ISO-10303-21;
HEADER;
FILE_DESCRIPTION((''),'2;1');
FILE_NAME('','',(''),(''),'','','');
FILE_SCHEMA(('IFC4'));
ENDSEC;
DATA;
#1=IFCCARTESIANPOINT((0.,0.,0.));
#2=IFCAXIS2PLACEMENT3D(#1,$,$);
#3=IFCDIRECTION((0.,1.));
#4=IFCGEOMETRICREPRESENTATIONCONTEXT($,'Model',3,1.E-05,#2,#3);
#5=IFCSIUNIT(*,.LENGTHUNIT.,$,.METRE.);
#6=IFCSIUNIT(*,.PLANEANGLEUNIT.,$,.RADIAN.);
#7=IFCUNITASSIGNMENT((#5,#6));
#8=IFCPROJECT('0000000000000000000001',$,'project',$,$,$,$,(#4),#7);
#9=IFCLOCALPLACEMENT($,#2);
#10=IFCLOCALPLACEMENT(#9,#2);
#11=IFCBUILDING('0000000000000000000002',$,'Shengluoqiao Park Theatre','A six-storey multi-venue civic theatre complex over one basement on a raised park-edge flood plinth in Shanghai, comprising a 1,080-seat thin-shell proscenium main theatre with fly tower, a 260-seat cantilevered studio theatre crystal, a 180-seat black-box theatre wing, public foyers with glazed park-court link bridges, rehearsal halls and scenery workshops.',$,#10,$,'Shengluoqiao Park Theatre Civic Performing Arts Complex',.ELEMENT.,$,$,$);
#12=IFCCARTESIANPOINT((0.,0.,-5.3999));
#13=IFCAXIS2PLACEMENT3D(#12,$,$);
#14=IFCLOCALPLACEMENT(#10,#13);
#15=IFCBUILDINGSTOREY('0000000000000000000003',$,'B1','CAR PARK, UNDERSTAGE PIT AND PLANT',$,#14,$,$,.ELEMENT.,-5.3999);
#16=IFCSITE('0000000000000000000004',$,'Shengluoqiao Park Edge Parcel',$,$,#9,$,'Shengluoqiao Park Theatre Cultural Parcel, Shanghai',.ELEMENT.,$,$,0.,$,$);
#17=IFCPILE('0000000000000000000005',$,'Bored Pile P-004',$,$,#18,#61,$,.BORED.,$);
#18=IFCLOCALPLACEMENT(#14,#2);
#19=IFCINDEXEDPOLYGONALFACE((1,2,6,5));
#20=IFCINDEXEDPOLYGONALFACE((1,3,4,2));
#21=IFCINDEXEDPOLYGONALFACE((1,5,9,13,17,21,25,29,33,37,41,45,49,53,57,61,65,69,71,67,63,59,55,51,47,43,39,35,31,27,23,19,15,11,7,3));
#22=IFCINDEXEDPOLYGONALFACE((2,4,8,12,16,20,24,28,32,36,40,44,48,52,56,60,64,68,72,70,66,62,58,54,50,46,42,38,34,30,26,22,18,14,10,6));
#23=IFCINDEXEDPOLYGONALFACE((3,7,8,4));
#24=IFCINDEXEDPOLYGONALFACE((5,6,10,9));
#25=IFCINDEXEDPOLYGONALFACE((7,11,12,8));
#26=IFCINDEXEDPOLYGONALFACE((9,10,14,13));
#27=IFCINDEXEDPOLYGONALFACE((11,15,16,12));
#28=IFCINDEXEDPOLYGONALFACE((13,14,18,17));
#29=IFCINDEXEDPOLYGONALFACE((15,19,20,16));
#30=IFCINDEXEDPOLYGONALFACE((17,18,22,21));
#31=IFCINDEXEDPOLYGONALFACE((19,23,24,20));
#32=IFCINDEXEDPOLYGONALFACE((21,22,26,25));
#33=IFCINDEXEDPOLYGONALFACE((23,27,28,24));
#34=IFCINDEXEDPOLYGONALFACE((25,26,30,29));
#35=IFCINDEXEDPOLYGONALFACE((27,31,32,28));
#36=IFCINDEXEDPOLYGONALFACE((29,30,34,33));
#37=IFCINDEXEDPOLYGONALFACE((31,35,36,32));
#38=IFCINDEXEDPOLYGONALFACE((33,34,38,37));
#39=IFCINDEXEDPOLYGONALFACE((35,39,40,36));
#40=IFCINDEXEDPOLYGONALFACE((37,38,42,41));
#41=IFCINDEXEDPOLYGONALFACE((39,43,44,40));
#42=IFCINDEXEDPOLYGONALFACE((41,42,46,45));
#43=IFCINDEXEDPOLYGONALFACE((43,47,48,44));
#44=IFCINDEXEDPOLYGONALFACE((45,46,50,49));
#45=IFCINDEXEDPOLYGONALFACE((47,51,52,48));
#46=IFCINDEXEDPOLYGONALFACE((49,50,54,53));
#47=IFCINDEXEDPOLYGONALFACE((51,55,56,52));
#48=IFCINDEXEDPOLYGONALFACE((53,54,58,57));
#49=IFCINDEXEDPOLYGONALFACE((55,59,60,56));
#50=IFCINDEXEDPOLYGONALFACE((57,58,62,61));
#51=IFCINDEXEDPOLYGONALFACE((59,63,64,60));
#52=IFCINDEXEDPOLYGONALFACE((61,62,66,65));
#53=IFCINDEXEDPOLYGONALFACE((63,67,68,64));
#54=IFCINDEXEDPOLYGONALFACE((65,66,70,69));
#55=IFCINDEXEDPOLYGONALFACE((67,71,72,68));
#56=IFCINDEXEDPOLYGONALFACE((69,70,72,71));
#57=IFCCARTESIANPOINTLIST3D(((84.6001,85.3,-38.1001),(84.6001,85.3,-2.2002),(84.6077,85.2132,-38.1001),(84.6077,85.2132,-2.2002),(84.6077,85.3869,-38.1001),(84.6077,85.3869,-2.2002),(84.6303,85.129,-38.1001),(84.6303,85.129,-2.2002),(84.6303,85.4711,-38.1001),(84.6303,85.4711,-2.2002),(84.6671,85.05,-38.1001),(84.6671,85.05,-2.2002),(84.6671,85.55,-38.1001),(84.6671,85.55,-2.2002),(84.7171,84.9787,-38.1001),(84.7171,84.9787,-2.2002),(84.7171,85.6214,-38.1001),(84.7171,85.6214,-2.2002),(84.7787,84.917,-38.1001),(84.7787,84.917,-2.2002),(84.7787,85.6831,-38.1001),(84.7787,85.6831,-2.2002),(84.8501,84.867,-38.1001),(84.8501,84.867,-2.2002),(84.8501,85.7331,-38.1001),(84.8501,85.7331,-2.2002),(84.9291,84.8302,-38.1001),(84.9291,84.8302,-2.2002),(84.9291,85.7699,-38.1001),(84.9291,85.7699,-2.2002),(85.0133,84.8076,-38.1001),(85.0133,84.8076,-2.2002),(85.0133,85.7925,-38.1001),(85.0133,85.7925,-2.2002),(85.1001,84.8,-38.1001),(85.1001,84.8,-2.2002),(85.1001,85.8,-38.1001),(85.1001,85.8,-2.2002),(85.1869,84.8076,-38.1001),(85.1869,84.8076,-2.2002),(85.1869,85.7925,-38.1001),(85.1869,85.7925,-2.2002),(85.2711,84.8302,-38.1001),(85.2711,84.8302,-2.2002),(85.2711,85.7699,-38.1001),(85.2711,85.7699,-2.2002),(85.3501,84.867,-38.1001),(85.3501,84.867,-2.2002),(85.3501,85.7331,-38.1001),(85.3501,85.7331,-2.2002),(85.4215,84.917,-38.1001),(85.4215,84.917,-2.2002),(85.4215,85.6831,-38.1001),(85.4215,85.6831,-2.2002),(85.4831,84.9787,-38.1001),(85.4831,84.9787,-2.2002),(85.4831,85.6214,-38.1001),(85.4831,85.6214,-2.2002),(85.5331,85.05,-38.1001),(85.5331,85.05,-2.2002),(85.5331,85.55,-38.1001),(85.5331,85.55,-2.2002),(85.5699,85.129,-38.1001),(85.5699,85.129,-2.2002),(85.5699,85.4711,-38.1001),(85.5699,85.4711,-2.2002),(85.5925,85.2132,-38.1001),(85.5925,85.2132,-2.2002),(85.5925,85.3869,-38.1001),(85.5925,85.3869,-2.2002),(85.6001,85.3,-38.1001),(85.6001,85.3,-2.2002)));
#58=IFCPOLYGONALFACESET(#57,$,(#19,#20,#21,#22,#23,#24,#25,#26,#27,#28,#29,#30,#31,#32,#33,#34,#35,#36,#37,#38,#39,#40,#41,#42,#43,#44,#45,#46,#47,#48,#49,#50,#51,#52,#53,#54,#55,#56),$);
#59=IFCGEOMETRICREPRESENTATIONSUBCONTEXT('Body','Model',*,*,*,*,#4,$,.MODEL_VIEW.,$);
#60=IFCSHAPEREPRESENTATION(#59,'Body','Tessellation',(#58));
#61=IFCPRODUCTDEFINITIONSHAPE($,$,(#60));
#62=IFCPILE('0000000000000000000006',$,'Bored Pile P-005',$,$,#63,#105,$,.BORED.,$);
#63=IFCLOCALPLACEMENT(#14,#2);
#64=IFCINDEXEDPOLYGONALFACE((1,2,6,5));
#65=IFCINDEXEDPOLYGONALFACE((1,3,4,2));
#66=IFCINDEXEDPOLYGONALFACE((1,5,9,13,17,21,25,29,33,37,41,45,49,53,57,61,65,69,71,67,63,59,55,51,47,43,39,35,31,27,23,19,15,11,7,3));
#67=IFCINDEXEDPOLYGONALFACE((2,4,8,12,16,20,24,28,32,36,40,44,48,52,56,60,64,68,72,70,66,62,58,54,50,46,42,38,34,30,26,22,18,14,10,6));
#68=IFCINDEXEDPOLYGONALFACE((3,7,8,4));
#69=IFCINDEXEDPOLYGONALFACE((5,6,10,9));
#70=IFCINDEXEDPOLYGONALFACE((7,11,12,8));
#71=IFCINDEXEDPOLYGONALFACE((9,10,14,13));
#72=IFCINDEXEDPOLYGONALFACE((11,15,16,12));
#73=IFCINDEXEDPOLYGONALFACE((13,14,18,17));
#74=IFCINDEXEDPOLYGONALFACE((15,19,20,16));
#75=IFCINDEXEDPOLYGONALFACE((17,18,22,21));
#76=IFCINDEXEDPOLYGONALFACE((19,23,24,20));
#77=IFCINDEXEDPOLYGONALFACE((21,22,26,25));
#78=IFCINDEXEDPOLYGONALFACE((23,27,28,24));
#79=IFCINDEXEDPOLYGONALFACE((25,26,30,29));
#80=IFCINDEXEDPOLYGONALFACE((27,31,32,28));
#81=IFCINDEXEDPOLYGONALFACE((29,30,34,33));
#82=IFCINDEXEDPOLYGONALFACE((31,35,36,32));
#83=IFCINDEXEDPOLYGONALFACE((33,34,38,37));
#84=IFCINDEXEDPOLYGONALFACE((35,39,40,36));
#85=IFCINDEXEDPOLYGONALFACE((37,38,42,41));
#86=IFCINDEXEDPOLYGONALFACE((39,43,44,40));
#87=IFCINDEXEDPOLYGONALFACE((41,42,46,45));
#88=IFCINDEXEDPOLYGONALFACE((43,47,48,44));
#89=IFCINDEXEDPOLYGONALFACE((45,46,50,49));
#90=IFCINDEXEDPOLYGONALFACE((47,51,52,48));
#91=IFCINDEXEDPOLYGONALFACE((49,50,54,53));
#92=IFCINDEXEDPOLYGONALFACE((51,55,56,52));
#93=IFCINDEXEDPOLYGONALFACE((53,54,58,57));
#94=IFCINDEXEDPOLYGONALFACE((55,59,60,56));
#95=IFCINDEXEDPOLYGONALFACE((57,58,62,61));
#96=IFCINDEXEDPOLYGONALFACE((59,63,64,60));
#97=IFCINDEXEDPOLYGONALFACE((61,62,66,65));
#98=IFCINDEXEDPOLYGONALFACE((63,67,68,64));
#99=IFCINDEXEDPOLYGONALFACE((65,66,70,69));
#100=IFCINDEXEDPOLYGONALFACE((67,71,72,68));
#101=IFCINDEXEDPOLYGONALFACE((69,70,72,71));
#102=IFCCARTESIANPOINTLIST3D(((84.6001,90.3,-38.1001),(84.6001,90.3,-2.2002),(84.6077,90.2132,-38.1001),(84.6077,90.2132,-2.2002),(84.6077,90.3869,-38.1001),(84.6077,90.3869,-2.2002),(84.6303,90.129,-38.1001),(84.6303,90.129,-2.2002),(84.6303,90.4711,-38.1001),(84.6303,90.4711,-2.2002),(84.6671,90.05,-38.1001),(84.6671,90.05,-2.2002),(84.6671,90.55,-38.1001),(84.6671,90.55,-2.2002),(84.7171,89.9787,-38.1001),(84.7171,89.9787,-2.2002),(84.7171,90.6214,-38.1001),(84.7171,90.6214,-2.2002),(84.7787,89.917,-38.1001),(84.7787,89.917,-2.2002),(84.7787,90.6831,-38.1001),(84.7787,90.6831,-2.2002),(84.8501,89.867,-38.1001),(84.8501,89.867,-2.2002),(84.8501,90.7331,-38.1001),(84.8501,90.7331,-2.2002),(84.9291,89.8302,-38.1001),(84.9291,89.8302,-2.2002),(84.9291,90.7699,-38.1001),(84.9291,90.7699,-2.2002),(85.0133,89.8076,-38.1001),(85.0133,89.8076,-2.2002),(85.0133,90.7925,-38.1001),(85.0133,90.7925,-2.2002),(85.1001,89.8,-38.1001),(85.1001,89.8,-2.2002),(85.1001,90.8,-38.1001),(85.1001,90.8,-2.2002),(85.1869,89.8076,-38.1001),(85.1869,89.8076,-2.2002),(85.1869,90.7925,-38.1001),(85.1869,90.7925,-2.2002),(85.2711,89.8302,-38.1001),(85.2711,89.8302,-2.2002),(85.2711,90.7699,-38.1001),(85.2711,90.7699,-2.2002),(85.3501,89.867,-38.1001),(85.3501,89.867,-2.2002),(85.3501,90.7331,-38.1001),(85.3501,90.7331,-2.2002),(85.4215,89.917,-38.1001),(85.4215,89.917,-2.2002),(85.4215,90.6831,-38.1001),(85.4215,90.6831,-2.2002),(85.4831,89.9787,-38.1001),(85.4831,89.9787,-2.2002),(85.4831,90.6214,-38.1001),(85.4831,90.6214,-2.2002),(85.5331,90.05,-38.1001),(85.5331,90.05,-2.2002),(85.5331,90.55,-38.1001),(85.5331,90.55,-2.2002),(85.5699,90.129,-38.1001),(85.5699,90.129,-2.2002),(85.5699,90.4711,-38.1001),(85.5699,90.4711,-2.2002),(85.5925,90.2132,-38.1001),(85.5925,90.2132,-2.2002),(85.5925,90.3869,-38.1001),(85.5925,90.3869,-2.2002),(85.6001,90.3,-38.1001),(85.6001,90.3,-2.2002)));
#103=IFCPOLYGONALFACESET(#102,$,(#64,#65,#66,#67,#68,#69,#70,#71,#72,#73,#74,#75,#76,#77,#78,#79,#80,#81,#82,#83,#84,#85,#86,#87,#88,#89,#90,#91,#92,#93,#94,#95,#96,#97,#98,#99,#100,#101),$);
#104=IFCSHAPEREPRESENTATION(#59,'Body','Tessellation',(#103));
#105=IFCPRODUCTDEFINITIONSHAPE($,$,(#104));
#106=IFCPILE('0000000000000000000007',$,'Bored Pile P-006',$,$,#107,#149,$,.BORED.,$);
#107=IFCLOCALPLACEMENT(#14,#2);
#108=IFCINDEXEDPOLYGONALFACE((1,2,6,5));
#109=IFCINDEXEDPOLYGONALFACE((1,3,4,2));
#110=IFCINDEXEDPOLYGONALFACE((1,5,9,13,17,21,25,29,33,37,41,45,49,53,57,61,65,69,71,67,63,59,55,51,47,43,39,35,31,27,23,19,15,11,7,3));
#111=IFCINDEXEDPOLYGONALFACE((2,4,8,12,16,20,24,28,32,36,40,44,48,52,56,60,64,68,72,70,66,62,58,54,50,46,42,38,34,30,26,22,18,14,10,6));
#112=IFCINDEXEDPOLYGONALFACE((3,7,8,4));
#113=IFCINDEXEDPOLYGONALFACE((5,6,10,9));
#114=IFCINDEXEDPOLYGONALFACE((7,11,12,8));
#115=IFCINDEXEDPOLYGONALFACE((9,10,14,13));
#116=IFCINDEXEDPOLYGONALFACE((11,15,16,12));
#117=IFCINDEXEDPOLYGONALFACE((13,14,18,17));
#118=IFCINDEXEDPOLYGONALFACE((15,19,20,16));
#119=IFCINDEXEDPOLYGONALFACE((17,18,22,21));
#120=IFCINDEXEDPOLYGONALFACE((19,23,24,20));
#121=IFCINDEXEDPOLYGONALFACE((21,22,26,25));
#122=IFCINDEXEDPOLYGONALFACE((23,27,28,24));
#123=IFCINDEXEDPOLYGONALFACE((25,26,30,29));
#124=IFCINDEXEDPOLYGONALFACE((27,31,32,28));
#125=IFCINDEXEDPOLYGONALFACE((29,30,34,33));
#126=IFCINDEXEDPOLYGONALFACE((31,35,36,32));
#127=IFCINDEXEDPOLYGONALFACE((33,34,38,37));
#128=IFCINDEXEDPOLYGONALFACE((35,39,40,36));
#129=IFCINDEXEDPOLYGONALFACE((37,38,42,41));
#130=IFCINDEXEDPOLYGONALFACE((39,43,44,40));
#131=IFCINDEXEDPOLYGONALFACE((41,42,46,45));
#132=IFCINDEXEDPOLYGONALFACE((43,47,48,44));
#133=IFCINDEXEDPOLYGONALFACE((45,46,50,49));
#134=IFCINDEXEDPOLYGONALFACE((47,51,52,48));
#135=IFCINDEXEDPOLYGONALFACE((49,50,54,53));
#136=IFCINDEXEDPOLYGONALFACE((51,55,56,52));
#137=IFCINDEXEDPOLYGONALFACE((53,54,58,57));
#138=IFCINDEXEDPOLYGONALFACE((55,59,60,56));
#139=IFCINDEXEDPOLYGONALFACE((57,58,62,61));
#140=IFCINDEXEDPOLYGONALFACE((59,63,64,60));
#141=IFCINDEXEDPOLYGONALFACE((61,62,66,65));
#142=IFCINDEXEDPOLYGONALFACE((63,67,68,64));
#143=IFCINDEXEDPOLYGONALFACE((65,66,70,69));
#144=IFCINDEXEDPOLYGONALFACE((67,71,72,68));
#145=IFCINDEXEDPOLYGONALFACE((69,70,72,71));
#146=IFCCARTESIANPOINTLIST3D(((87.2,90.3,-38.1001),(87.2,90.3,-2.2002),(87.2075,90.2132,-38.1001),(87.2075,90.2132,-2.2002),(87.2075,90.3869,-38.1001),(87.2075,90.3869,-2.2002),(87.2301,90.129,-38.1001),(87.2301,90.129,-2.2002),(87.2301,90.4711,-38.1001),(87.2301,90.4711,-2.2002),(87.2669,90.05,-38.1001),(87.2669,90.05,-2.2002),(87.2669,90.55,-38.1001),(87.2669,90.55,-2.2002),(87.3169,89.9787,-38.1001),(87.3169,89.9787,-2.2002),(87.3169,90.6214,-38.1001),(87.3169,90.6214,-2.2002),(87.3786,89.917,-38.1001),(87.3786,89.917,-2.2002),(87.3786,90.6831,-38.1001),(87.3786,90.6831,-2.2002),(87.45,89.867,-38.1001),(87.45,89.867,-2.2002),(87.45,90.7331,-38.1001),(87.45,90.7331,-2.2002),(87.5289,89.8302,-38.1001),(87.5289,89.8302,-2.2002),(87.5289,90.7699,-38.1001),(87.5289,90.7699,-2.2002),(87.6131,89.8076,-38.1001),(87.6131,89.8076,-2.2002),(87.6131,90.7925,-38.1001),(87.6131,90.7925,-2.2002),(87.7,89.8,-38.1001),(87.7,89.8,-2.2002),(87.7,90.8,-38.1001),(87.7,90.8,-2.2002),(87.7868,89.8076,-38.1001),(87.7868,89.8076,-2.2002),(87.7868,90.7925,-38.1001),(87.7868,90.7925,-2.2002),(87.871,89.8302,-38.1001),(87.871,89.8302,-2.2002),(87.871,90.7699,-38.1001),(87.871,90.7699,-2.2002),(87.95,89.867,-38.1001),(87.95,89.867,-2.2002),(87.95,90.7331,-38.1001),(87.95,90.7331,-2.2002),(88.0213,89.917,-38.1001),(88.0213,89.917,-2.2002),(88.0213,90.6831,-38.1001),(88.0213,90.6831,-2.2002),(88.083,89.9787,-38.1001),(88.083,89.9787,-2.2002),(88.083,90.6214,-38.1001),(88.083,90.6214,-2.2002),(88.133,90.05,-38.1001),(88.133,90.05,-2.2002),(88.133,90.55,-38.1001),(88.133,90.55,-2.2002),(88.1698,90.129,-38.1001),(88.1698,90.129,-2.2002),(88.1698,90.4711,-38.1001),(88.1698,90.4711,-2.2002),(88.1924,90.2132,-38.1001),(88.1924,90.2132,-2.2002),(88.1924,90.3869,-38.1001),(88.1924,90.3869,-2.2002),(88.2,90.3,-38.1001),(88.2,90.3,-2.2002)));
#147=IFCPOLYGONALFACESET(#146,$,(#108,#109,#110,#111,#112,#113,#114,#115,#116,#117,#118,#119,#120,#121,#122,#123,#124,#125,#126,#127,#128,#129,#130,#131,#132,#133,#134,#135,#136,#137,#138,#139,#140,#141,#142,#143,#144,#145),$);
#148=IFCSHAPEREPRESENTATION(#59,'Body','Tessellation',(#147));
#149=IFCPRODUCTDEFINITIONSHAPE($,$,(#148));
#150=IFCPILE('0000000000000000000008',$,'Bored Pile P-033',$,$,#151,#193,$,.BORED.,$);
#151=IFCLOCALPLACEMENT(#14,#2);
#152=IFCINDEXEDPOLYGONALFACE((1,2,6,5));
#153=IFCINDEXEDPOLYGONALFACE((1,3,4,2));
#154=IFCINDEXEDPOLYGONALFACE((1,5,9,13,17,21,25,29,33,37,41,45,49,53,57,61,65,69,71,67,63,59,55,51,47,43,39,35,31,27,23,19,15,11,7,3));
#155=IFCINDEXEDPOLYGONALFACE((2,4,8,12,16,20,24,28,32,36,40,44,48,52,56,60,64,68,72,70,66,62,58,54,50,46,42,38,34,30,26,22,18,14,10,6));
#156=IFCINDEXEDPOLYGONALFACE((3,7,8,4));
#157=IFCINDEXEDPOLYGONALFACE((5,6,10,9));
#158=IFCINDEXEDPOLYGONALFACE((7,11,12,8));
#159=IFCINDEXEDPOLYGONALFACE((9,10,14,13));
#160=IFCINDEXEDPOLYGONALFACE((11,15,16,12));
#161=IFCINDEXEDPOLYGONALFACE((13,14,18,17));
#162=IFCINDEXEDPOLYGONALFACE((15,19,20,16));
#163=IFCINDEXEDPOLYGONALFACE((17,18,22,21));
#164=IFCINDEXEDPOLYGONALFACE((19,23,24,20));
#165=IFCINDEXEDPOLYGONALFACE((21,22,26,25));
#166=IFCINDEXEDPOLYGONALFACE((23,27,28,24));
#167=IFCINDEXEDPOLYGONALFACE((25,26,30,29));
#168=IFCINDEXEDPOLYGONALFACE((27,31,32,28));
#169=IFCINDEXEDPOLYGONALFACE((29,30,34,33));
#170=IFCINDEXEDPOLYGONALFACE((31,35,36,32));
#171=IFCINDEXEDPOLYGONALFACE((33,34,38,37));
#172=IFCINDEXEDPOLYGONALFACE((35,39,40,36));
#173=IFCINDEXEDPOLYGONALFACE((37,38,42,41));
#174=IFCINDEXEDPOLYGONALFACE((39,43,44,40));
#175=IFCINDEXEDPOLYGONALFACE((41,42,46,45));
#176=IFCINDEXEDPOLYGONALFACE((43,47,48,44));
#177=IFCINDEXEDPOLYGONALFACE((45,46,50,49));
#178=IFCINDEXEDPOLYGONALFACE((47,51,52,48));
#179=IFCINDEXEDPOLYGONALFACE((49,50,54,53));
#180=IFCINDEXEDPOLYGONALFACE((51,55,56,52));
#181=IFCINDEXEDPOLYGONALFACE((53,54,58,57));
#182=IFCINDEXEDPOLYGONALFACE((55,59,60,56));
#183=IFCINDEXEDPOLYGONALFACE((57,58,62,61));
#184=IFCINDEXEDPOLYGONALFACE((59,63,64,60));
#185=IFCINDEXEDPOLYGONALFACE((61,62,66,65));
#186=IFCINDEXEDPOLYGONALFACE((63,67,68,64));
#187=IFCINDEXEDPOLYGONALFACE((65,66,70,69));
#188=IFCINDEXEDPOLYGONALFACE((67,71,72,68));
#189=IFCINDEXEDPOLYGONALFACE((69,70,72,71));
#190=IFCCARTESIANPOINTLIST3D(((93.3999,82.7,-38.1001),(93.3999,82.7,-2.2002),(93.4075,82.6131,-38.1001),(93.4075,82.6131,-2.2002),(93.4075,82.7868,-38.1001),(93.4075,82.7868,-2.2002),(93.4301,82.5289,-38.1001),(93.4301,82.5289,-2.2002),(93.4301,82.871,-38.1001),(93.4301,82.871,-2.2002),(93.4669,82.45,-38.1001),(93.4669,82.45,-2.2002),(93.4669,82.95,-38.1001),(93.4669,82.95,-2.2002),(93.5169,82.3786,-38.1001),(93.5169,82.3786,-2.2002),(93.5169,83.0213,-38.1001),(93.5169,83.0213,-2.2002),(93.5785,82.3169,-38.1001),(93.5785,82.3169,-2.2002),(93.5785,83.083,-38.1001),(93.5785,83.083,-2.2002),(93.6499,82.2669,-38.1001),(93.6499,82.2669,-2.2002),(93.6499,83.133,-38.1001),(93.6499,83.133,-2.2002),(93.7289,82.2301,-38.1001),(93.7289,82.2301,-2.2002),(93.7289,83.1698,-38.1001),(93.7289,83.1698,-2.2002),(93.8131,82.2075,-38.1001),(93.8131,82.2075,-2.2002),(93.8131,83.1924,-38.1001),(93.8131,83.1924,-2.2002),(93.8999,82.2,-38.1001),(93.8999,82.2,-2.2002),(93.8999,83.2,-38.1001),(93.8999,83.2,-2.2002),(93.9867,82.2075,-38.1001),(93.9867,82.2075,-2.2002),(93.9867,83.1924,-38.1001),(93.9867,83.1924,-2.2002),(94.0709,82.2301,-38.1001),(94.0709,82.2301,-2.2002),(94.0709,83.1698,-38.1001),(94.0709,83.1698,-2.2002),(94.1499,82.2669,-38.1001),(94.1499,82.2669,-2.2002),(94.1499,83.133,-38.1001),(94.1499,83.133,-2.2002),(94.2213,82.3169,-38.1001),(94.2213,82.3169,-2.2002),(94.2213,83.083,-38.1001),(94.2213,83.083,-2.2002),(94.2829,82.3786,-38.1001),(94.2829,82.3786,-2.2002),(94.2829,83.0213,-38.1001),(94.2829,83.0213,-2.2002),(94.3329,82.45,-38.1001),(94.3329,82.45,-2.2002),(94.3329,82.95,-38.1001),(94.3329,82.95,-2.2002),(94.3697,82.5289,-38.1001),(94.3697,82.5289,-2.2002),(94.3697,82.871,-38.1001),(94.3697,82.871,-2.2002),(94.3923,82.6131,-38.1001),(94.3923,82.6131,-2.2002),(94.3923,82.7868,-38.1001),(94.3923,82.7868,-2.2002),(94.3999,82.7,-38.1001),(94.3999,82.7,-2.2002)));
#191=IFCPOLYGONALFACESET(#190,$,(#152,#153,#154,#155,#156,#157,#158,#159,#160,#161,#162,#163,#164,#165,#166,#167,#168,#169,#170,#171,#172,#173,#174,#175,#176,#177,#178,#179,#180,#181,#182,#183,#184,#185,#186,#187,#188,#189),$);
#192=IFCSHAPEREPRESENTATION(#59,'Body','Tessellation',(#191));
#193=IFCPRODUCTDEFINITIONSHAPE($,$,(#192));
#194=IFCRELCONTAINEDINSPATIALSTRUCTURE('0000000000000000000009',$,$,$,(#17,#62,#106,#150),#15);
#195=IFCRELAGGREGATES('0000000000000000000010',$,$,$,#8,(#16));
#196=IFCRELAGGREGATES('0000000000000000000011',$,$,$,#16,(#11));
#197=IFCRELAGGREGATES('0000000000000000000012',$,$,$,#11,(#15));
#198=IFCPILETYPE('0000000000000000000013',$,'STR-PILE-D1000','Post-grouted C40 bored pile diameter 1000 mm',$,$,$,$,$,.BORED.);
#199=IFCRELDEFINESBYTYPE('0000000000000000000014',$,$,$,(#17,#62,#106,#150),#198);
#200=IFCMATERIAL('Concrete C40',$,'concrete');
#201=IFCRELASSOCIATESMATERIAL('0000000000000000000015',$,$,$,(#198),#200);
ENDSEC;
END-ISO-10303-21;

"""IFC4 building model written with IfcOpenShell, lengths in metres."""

from ifc_helpers import new_model, si_unit, direction, frame, origin, origin_2d, place, context, subcontext, project, spatial, circle, extrude, material, material_profile, profile_set, type_object, element, save


model = new_model("IFC4")

# Units and contexts
model_context = context("Model", 3, precision=1e-05, world=origin(), true_north=direction((0.0, 1.0)))
body_context = subcontext(model_context, "Body", "Model", "MODEL_VIEW")
ifc_project = project(units=[si_unit("LENGTHUNIT", "METRE"), si_unit("PLANEANGLEUNIT", "RADIAN")], contexts=[model_context])

# Site, building, storey
site_placement = place(None, origin())
site = spatial("IfcSite", under=ifc_project, at=site_placement, Name="Shengluoqiao Park Edge Parcel", LongName="Shengluoqiao Park Theatre Cultural Parcel, Shanghai", CompositionType="ELEMENT", RefElevation=0.0)
building_placement = place(site_placement, origin())
building = spatial("IfcBuilding", under=site, at=building_placement, Name="Shengluoqiao Park Theatre", Description="A six-storey multi-venue civic theatre complex over one basement on a raised park-edge flood plinth in Shanghai, comprising a 1,080-seat thin-shell proscenium main theatre with fly tower, a 260-seat cantilevered studio theatre crystal, a 180-seat black-box theatre wing, public foyers with glazed park-court link bridges, rehearsal halls and scenery workshops.", LongName="Shengluoqiao Park Theatre Civic Performing Arts Complex", CompositionType="ELEMENT")
storey_placement = place(building_placement, frame((0.0, 0.0, -5.3999)))
storey = spatial("IfcBuildingStorey", under=building, at=storey_placement, Name="B1", Description="CAR PARK, UNDERSTAGE PIT AND PLANT", CompositionType="ELEMENT", Elevation=-5.3999)

# Shared definitions
ifc_material_1 = material(Name="Concrete C40", Category="concrete")

# Piles
ifc_material_profile_1 = material_profile(ifc_material_1, circle(Radius=0.5, at=origin_2d()), Name="BORED PILE D1000")
ifc_profile_set_1 = profile_set([ifc_material_profile_1], Name="Concrete C40")
pile_type = type_object("IfcPileType", Name="STR-PILE-D1000", Description="Post-grouted C40 bored pile diameter 1000 mm", PredefinedType="BORED", material=ifc_profile_set_1)
for number, where, z_axis, x_axis, name in (
    (1, (85.1001, 85.3, -2.2002), (0.0, 0.0, -1.0), (1.0, 0.0, 0.0), "Bored Pile P-004"),
    (2, (85.1001, 90.3, -2.2002), (0.0, 0.0, -1.0), (1.0, 0.0, 0.0), "Bored Pile P-005"),
    (3, (87.7, 90.3, -2.2002), (0.0, 0.0, -1.0), (1.0, 0.0, 0.0), "Bored Pile P-006"),
    (4, (93.8999, 82.7, -2.2002), (0.0, 0.0, -1.0), (1.0, 0.0, 0.0), "Bored Pile P-033"),
):
    element("IfcPile", number, at=place(storey_placement, frame(where, z_axis=z_axis, x_axis=x_axis)), inside=storey, type_object=pile_type, Name=name, PredefinedType="BORED", context=body_context, shape_type="SweptSolid", body=[
        extrude(circle(Radius=0.5, at=origin_2d()), origin(), (0.0, 0.0, 1.0), 35.8999),
    ])

save(model, "model.ifc")
